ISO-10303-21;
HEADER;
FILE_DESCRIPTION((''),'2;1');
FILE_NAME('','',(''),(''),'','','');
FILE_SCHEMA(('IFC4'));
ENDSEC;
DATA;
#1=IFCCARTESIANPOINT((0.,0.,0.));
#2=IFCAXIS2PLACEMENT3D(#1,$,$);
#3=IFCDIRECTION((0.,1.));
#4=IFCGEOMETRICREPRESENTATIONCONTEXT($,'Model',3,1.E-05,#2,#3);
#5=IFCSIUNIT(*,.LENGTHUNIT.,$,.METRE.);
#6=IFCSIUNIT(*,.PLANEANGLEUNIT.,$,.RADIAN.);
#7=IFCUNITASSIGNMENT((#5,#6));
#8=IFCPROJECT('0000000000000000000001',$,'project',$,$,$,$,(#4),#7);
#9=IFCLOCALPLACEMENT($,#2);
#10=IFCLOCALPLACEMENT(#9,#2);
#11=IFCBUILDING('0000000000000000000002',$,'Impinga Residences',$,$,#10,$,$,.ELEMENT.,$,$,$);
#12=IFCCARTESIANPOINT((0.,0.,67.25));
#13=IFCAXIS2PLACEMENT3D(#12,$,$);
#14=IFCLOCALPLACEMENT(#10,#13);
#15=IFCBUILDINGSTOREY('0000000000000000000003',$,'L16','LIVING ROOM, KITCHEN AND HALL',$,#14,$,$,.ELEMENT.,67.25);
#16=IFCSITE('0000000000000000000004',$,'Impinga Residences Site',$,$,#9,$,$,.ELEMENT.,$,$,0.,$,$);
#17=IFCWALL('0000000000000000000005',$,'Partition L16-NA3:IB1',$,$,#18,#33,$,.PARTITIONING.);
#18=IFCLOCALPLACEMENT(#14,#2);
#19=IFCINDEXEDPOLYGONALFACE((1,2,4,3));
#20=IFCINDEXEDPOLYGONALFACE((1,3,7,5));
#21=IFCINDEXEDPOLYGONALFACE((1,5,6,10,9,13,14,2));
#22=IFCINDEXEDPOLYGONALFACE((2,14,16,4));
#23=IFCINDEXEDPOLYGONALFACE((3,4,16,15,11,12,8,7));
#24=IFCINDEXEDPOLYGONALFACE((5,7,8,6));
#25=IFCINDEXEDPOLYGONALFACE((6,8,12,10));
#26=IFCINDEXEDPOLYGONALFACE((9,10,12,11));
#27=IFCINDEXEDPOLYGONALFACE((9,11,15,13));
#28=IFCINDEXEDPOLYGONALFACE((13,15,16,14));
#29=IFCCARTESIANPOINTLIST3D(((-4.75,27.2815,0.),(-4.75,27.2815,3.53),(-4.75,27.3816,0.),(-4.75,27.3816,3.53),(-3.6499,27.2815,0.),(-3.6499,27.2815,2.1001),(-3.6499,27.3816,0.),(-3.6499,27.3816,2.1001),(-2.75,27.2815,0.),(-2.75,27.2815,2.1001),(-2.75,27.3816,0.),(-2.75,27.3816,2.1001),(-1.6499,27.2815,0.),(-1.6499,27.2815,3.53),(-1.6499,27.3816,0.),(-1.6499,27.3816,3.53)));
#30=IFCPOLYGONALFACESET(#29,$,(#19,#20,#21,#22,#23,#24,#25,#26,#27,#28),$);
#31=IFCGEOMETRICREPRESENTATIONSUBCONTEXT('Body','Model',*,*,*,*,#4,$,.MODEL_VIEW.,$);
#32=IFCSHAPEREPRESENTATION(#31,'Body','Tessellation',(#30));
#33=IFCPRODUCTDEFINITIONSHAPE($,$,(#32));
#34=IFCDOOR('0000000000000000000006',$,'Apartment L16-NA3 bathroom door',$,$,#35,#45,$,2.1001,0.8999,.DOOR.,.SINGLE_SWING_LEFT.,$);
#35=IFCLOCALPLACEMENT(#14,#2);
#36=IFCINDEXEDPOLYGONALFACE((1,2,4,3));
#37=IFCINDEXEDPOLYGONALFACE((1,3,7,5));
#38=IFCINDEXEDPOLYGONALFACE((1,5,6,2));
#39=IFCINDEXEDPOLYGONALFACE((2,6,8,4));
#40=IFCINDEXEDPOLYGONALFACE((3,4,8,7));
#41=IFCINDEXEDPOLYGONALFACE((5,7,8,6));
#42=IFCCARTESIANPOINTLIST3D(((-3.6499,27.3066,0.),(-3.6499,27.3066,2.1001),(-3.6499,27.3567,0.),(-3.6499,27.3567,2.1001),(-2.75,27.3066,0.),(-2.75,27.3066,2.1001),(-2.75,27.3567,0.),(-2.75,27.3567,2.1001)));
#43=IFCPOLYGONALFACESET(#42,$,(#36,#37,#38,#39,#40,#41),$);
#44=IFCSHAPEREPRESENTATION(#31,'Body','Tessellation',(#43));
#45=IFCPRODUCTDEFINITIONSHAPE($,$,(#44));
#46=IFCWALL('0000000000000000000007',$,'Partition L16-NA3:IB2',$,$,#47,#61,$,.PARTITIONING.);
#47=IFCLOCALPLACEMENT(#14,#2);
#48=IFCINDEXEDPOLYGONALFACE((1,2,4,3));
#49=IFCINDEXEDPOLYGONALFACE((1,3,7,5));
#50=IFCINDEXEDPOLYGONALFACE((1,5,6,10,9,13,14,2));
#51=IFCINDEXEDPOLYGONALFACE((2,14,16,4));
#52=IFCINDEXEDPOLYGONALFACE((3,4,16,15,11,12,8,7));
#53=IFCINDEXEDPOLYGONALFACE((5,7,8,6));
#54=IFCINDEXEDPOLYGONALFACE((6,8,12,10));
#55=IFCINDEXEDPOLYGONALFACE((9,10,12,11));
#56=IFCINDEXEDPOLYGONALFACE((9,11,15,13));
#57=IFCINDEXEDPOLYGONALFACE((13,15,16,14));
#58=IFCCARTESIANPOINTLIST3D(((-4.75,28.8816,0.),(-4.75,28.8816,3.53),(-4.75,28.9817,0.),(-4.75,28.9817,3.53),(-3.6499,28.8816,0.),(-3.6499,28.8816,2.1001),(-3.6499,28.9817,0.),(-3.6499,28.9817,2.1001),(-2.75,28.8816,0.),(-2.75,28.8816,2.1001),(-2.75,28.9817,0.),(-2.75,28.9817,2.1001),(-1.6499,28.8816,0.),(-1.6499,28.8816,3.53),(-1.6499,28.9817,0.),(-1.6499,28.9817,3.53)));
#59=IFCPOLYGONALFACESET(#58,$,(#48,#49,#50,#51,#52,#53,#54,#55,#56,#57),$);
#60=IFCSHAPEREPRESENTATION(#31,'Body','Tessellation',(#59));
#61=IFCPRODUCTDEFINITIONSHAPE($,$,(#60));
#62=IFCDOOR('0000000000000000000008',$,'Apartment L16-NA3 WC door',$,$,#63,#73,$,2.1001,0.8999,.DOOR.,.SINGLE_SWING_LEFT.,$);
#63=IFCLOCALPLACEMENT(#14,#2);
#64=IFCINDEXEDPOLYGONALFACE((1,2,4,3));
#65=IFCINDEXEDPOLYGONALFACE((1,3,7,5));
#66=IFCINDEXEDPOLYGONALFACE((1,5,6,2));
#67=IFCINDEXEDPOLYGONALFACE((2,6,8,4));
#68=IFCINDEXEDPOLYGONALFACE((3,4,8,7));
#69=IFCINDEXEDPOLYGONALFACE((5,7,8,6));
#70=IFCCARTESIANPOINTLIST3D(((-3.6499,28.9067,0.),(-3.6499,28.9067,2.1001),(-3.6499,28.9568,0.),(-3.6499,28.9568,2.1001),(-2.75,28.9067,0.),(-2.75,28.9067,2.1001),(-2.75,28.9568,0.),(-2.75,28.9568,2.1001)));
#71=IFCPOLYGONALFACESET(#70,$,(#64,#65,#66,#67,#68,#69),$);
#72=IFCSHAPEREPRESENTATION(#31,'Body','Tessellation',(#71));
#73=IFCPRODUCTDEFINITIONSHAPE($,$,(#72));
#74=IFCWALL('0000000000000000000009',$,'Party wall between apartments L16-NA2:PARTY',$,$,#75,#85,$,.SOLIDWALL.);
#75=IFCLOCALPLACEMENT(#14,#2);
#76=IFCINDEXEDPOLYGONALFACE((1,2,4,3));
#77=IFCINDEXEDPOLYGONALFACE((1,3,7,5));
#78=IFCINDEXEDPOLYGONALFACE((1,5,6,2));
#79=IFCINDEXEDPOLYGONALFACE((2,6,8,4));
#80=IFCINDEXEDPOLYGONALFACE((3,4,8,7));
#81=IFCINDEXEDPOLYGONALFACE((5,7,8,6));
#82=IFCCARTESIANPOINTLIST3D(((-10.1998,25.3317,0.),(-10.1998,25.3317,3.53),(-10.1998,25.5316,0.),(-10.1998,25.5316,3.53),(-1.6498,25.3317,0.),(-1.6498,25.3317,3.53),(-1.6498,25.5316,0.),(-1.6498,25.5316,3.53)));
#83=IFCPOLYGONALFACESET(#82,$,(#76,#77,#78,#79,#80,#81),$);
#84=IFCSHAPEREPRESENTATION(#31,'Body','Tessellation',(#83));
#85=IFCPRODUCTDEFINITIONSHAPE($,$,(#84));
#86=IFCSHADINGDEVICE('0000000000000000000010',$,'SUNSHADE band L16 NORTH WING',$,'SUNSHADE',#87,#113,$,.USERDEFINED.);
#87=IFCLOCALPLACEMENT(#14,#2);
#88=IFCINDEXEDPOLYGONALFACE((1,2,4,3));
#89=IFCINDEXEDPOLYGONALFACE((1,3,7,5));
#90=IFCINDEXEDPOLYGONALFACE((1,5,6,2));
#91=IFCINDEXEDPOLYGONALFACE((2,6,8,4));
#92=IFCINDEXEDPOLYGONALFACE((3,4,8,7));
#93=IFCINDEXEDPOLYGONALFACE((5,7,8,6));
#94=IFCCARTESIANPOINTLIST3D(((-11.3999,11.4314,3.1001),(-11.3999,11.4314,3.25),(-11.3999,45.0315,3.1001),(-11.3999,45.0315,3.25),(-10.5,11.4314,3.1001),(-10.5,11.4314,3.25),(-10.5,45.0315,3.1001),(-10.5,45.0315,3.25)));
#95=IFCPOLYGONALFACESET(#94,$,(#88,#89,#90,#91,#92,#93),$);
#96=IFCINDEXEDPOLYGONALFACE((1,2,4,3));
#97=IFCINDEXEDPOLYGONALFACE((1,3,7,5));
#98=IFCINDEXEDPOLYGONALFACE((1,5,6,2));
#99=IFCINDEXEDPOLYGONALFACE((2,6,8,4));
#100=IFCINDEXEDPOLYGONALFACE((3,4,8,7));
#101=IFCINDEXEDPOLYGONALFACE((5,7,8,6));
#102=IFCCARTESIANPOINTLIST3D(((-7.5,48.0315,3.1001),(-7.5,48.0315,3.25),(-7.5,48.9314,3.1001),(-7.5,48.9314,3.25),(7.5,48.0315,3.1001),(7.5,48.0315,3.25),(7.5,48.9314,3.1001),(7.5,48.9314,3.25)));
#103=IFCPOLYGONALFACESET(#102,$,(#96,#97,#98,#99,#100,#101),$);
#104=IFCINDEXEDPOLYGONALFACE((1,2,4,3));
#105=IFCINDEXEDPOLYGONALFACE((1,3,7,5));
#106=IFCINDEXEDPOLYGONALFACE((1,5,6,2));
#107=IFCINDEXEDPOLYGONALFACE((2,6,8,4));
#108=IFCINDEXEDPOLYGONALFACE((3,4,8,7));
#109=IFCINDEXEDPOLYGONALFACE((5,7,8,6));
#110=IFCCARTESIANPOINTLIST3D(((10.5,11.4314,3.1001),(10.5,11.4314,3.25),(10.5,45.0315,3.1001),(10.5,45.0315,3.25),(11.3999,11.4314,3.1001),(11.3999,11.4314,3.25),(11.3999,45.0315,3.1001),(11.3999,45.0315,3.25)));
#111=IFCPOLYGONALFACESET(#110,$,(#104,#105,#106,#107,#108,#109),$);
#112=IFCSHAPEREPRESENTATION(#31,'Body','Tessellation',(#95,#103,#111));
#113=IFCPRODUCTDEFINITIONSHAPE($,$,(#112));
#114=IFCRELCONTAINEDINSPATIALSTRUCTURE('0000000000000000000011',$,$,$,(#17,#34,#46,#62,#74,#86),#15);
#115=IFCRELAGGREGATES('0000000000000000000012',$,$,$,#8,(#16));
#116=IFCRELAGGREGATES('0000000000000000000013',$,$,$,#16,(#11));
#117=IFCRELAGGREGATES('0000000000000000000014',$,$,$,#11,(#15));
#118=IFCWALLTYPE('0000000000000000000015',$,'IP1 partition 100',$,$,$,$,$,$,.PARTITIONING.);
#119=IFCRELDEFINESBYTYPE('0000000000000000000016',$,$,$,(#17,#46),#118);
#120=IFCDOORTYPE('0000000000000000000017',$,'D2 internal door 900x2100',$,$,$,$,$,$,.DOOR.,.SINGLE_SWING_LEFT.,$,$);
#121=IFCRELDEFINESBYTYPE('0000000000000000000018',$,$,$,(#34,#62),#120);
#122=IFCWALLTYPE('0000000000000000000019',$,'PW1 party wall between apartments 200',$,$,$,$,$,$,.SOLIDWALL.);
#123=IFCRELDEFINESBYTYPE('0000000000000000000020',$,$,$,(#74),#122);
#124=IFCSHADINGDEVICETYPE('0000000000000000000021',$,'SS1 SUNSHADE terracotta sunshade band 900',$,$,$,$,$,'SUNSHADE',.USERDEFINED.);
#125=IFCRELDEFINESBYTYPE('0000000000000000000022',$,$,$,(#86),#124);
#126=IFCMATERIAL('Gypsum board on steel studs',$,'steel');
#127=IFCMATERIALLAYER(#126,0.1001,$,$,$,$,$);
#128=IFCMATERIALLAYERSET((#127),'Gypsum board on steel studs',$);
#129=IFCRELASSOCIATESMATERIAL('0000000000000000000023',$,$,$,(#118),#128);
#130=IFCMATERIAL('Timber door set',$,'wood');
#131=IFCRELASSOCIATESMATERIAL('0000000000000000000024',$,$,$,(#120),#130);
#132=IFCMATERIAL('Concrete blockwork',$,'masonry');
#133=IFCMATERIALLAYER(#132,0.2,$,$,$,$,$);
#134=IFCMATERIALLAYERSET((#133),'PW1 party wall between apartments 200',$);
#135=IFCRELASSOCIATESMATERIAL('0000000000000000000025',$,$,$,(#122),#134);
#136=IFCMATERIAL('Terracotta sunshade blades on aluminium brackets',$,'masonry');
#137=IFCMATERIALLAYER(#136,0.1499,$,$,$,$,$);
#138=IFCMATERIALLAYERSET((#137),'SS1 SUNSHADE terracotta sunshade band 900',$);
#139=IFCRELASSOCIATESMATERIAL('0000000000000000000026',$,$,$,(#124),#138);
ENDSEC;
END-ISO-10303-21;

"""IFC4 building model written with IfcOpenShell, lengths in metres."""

from ifc_helpers import new_model, si_unit, direction, frame, frame_2d, origin, origin_2d, place, context, subcontext, project, spatial, rectangle, extrude, material, layer, layer_set, type_object, element, fill, save


model = new_model("IFC4")

# Units and contexts
model_context = context("Model", 3, precision=1e-05, world=origin(), true_north=direction((0.0, 1.0)))
body_context = subcontext(model_context, "Body", "Model", "MODEL_VIEW")
ifc_project = project(units=[si_unit("LENGTHUNIT", "METRE"), si_unit("PLANEANGLEUNIT", "RADIAN")], contexts=[model_context])

# Site, building, storey
site_placement = place(None, origin())
site = spatial("IfcSite", under=ifc_project, at=site_placement, Name="Impinga Residences Site", CompositionType="ELEMENT", RefElevation=0.0)
building_placement = place(site_placement, origin())
building = spatial("IfcBuilding", under=site, at=building_placement, Name="Impinga Residences", CompositionType="ELEMENT")
storey_placement = place(building_placement, frame((0.0, 0.0, 67.25)))
storey = spatial("IfcBuildingStorey", under=building, at=storey_placement, Name="L16", Description="LIVING ROOM, KITCHEN AND HALL", CompositionType="ELEMENT", Elevation=67.25)

# Shared definitions
ifc_material_1 = material(Name="Gypsum board on steel studs", Category="steel")
ifc_layer_1 = layer(ifc_material_1, 0.1001)
ifc_layer_set_1 = layer_set([ifc_layer_1], Name="Gypsum board on steel studs")
wall_type_1 = type_object("IfcWallType", Name="IP1 partition 100", PredefinedType="PARTITIONING", material=ifc_layer_set_1)

# Shared definitions
ifc_material_2 = material(Name="Timber door set", Category="wood")
door_type = type_object("IfcDoorType", Name="D2 internal door 900x2100", OperationType="SINGLE_SWING_LEFT", PredefinedType="DOOR", material=ifc_material_2)

# Walls, openings, doors
wall_1_placement = place(storey_placement, frame((-1.6499, 27.3315, 0.0), z_axis=(0.0, 0.0, 1.0), x_axis=(-1.0, 0.0, 0.0)))
wall_1 = element("IfcWall", 1, at=wall_1_placement, inside=storey, type_object=wall_type_1, Name="Partition L16-NA3:IB1", PredefinedType="PARTITIONING", context=body_context, shape_type="SweptSolid", body=[
    extrude(rectangle(XDim=3.1001, YDim=0.1001, at=frame_2d((1.55, 0.0))), origin(), (0.0, 0.0, 1.0), 3.53),
])
opening_1_placement = place(wall_1_placement, frame((1.1001, 0.0, 0.0)))
opening_1 = element("IfcOpeningElement", 2, at=opening_1_placement, cuts=wall_1, PredefinedType="OPENING", context=body_context, shape_type="SweptSolid", body=[
    extrude(rectangle(XDim=0.8999, YDim=2.1001, at=frame_2d((0.45, 1.05))), frame((0.0, 0.0601, 0.0), z_axis=(0.0, -1.0, 0.0), x_axis=(1.0, 0.0, 0.0)), (0.0, 0.0, 1.0), 0.1201),
])
door_1_placement = place(opening_1_placement, origin())
door_1 = element("IfcDoor", 3, at=door_1_placement, inside=storey, type_object=door_type, Name="Apartment L16-NA3 bathroom door", OperationType="SINGLE_SWING_LEFT", OverallHeight=2.1001, OverallWidth=0.8999, PredefinedType="DOOR", context=body_context, shape_type="SweptSolid", body=[
    extrude(rectangle(XDim=0.8999, YDim=2.1001, at=frame_2d((0.45, 1.05))), frame((0.0, 0.0249, 0.0), z_axis=(0.0, -1.0, 0.0), x_axis=(1.0, 0.0, 0.0)), (0.0, 0.0, 1.0), 0.05),
])
fill(opening_1, door_1)
wall_2_placement = place(storey_placement, frame((-1.6499, 28.9316, 0.0), z_axis=(0.0, 0.0, 1.0), x_axis=(-1.0, 0.0, 0.0)))
wall_2 = element("IfcWall", 4, at=wall_2_placement, inside=storey, type_object=wall_type_1, Name="Partition L16-NA3:IB2", PredefinedType="PARTITIONING", context=body_context, shape_type="SweptSolid", body=[
    extrude(rectangle(XDim=3.1001, YDim=0.1001, at=frame_2d((1.55, 0.0))), origin(), (0.0, 0.0, 1.0), 3.53),
])
opening_2_placement = place(wall_2_placement, frame((1.1001, 0.0, 0.0)))
opening_2 = element("IfcOpeningElement", 5, at=opening_2_placement, cuts=wall_2, PredefinedType="OPENING", context=body_context, shape_type="SweptSolid", body=[
    extrude(rectangle(XDim=0.8999, YDim=2.1001, at=frame_2d((0.45, 1.05))), frame((0.0, 0.0601, 0.0), z_axis=(0.0, -1.0, 0.0), x_axis=(1.0, 0.0, 0.0)), (0.0, 0.0, 1.0), 0.1201),
])
door_2_placement = place(opening_2_placement, origin())
door_2 = element("IfcDoor", 6, at=door_2_placement, inside=storey, type_object=door_type, Name="Apartment L16-NA3 WC door", OperationType="SINGLE_SWING_LEFT", OverallHeight=2.1001, OverallWidth=0.8999, PredefinedType="DOOR", context=body_context, shape_type="SweptSolid", body=[
    extrude(rectangle(XDim=0.8999, YDim=2.1001, at=frame_2d((0.45, 1.05))), frame((0.0, 0.0249, 0.0), z_axis=(0.0, -1.0, 0.0), x_axis=(1.0, 0.0, 0.0)), (0.0, 0.0, 1.0), 0.05),
])
fill(opening_2, door_2)

# Wall
ifc_material_3 = material(Name="Concrete blockwork", Category="masonry")
ifc_layer_2 = layer(ifc_material_3, 0.2)
ifc_layer_set_2 = layer_set([ifc_layer_2], Name="PW1 party wall between apartments 200")
wall_type_2 = type_object("IfcWallType", Name="PW1 party wall between apartments 200", PredefinedType="SOLIDWALL", material=ifc_layer_set_2)
wall_3_placement = place(storey_placement, frame((-1.6499, 25.4316, 0.0), z_axis=(0.0, 0.0, 1.0), x_axis=(-1.0, 0.0, 0.0)))
element("IfcWall", 7, at=wall_3_placement, inside=storey, type_object=wall_type_2, Name="Party wall between apartments L16-NA2:PARTY", PredefinedType="SOLIDWALL", context=body_context, shape_type="SweptSolid", body=[
    extrude(rectangle(XDim=8.55, YDim=0.2, at=frame_2d((4.2749, 0.0))), origin(), (0.0, 0.0, 1.0), 3.53),
])

# Shading device
ifc_material_4 = material(Name="Terracotta sunshade blades on aluminium brackets", Category="masonry")
ifc_layer_3 = layer(ifc_material_4, 0.1499)
ifc_layer_set_3 = layer_set([ifc_layer_3], Name="SS1 SUNSHADE terracotta sunshade band 900")
shading_device_type = type_object("IfcShadingDeviceType", Name="SS1 SUNSHADE terracotta sunshade band 900", ElementType="SUNSHADE", PredefinedType="USERDEFINED", material=ifc_layer_set_3)
shading_device_placement = place(storey_placement, frame((-10.95, 28.2314, 3.1001), z_axis=(0.0, 0.0, 1.0), x_axis=(0.0, 1.0, 0.0)))
element("IfcShadingDevice", 8, at=shading_device_placement, inside=storey, type_object=shading_device_type, Name="SUNSHADE band L16 NORTH WING", ObjectType="SUNSHADE", PredefinedType="USERDEFINED", context=body_context, shape_type="SweptSolid", body=[
    extrude(rectangle(XDim=33.6001, YDim=0.8999, at=origin_2d()), origin(), (0.0, 0.0, 1.0), 0.1499),
    extrude(rectangle(XDim=15.0, YDim=0.8999, at=origin_2d()), frame((20.25, -10.95, 0.0), z_axis=(0.0, 0.0, 1.0), x_axis=(0.0, -1.0, 0.0)), (0.0, 0.0, 1.0), 0.1499),
    extrude(rectangle(XDim=33.6001, YDim=0.8999, at=origin_2d()), frame((0.0, -21.8999, 0.0), z_axis=(0.0, 0.0, 1.0), x_axis=(-1.0, 0.0, 0.0)), (0.0, 0.0, 1.0), 0.1499),
])

save(model, "model.ifc")
